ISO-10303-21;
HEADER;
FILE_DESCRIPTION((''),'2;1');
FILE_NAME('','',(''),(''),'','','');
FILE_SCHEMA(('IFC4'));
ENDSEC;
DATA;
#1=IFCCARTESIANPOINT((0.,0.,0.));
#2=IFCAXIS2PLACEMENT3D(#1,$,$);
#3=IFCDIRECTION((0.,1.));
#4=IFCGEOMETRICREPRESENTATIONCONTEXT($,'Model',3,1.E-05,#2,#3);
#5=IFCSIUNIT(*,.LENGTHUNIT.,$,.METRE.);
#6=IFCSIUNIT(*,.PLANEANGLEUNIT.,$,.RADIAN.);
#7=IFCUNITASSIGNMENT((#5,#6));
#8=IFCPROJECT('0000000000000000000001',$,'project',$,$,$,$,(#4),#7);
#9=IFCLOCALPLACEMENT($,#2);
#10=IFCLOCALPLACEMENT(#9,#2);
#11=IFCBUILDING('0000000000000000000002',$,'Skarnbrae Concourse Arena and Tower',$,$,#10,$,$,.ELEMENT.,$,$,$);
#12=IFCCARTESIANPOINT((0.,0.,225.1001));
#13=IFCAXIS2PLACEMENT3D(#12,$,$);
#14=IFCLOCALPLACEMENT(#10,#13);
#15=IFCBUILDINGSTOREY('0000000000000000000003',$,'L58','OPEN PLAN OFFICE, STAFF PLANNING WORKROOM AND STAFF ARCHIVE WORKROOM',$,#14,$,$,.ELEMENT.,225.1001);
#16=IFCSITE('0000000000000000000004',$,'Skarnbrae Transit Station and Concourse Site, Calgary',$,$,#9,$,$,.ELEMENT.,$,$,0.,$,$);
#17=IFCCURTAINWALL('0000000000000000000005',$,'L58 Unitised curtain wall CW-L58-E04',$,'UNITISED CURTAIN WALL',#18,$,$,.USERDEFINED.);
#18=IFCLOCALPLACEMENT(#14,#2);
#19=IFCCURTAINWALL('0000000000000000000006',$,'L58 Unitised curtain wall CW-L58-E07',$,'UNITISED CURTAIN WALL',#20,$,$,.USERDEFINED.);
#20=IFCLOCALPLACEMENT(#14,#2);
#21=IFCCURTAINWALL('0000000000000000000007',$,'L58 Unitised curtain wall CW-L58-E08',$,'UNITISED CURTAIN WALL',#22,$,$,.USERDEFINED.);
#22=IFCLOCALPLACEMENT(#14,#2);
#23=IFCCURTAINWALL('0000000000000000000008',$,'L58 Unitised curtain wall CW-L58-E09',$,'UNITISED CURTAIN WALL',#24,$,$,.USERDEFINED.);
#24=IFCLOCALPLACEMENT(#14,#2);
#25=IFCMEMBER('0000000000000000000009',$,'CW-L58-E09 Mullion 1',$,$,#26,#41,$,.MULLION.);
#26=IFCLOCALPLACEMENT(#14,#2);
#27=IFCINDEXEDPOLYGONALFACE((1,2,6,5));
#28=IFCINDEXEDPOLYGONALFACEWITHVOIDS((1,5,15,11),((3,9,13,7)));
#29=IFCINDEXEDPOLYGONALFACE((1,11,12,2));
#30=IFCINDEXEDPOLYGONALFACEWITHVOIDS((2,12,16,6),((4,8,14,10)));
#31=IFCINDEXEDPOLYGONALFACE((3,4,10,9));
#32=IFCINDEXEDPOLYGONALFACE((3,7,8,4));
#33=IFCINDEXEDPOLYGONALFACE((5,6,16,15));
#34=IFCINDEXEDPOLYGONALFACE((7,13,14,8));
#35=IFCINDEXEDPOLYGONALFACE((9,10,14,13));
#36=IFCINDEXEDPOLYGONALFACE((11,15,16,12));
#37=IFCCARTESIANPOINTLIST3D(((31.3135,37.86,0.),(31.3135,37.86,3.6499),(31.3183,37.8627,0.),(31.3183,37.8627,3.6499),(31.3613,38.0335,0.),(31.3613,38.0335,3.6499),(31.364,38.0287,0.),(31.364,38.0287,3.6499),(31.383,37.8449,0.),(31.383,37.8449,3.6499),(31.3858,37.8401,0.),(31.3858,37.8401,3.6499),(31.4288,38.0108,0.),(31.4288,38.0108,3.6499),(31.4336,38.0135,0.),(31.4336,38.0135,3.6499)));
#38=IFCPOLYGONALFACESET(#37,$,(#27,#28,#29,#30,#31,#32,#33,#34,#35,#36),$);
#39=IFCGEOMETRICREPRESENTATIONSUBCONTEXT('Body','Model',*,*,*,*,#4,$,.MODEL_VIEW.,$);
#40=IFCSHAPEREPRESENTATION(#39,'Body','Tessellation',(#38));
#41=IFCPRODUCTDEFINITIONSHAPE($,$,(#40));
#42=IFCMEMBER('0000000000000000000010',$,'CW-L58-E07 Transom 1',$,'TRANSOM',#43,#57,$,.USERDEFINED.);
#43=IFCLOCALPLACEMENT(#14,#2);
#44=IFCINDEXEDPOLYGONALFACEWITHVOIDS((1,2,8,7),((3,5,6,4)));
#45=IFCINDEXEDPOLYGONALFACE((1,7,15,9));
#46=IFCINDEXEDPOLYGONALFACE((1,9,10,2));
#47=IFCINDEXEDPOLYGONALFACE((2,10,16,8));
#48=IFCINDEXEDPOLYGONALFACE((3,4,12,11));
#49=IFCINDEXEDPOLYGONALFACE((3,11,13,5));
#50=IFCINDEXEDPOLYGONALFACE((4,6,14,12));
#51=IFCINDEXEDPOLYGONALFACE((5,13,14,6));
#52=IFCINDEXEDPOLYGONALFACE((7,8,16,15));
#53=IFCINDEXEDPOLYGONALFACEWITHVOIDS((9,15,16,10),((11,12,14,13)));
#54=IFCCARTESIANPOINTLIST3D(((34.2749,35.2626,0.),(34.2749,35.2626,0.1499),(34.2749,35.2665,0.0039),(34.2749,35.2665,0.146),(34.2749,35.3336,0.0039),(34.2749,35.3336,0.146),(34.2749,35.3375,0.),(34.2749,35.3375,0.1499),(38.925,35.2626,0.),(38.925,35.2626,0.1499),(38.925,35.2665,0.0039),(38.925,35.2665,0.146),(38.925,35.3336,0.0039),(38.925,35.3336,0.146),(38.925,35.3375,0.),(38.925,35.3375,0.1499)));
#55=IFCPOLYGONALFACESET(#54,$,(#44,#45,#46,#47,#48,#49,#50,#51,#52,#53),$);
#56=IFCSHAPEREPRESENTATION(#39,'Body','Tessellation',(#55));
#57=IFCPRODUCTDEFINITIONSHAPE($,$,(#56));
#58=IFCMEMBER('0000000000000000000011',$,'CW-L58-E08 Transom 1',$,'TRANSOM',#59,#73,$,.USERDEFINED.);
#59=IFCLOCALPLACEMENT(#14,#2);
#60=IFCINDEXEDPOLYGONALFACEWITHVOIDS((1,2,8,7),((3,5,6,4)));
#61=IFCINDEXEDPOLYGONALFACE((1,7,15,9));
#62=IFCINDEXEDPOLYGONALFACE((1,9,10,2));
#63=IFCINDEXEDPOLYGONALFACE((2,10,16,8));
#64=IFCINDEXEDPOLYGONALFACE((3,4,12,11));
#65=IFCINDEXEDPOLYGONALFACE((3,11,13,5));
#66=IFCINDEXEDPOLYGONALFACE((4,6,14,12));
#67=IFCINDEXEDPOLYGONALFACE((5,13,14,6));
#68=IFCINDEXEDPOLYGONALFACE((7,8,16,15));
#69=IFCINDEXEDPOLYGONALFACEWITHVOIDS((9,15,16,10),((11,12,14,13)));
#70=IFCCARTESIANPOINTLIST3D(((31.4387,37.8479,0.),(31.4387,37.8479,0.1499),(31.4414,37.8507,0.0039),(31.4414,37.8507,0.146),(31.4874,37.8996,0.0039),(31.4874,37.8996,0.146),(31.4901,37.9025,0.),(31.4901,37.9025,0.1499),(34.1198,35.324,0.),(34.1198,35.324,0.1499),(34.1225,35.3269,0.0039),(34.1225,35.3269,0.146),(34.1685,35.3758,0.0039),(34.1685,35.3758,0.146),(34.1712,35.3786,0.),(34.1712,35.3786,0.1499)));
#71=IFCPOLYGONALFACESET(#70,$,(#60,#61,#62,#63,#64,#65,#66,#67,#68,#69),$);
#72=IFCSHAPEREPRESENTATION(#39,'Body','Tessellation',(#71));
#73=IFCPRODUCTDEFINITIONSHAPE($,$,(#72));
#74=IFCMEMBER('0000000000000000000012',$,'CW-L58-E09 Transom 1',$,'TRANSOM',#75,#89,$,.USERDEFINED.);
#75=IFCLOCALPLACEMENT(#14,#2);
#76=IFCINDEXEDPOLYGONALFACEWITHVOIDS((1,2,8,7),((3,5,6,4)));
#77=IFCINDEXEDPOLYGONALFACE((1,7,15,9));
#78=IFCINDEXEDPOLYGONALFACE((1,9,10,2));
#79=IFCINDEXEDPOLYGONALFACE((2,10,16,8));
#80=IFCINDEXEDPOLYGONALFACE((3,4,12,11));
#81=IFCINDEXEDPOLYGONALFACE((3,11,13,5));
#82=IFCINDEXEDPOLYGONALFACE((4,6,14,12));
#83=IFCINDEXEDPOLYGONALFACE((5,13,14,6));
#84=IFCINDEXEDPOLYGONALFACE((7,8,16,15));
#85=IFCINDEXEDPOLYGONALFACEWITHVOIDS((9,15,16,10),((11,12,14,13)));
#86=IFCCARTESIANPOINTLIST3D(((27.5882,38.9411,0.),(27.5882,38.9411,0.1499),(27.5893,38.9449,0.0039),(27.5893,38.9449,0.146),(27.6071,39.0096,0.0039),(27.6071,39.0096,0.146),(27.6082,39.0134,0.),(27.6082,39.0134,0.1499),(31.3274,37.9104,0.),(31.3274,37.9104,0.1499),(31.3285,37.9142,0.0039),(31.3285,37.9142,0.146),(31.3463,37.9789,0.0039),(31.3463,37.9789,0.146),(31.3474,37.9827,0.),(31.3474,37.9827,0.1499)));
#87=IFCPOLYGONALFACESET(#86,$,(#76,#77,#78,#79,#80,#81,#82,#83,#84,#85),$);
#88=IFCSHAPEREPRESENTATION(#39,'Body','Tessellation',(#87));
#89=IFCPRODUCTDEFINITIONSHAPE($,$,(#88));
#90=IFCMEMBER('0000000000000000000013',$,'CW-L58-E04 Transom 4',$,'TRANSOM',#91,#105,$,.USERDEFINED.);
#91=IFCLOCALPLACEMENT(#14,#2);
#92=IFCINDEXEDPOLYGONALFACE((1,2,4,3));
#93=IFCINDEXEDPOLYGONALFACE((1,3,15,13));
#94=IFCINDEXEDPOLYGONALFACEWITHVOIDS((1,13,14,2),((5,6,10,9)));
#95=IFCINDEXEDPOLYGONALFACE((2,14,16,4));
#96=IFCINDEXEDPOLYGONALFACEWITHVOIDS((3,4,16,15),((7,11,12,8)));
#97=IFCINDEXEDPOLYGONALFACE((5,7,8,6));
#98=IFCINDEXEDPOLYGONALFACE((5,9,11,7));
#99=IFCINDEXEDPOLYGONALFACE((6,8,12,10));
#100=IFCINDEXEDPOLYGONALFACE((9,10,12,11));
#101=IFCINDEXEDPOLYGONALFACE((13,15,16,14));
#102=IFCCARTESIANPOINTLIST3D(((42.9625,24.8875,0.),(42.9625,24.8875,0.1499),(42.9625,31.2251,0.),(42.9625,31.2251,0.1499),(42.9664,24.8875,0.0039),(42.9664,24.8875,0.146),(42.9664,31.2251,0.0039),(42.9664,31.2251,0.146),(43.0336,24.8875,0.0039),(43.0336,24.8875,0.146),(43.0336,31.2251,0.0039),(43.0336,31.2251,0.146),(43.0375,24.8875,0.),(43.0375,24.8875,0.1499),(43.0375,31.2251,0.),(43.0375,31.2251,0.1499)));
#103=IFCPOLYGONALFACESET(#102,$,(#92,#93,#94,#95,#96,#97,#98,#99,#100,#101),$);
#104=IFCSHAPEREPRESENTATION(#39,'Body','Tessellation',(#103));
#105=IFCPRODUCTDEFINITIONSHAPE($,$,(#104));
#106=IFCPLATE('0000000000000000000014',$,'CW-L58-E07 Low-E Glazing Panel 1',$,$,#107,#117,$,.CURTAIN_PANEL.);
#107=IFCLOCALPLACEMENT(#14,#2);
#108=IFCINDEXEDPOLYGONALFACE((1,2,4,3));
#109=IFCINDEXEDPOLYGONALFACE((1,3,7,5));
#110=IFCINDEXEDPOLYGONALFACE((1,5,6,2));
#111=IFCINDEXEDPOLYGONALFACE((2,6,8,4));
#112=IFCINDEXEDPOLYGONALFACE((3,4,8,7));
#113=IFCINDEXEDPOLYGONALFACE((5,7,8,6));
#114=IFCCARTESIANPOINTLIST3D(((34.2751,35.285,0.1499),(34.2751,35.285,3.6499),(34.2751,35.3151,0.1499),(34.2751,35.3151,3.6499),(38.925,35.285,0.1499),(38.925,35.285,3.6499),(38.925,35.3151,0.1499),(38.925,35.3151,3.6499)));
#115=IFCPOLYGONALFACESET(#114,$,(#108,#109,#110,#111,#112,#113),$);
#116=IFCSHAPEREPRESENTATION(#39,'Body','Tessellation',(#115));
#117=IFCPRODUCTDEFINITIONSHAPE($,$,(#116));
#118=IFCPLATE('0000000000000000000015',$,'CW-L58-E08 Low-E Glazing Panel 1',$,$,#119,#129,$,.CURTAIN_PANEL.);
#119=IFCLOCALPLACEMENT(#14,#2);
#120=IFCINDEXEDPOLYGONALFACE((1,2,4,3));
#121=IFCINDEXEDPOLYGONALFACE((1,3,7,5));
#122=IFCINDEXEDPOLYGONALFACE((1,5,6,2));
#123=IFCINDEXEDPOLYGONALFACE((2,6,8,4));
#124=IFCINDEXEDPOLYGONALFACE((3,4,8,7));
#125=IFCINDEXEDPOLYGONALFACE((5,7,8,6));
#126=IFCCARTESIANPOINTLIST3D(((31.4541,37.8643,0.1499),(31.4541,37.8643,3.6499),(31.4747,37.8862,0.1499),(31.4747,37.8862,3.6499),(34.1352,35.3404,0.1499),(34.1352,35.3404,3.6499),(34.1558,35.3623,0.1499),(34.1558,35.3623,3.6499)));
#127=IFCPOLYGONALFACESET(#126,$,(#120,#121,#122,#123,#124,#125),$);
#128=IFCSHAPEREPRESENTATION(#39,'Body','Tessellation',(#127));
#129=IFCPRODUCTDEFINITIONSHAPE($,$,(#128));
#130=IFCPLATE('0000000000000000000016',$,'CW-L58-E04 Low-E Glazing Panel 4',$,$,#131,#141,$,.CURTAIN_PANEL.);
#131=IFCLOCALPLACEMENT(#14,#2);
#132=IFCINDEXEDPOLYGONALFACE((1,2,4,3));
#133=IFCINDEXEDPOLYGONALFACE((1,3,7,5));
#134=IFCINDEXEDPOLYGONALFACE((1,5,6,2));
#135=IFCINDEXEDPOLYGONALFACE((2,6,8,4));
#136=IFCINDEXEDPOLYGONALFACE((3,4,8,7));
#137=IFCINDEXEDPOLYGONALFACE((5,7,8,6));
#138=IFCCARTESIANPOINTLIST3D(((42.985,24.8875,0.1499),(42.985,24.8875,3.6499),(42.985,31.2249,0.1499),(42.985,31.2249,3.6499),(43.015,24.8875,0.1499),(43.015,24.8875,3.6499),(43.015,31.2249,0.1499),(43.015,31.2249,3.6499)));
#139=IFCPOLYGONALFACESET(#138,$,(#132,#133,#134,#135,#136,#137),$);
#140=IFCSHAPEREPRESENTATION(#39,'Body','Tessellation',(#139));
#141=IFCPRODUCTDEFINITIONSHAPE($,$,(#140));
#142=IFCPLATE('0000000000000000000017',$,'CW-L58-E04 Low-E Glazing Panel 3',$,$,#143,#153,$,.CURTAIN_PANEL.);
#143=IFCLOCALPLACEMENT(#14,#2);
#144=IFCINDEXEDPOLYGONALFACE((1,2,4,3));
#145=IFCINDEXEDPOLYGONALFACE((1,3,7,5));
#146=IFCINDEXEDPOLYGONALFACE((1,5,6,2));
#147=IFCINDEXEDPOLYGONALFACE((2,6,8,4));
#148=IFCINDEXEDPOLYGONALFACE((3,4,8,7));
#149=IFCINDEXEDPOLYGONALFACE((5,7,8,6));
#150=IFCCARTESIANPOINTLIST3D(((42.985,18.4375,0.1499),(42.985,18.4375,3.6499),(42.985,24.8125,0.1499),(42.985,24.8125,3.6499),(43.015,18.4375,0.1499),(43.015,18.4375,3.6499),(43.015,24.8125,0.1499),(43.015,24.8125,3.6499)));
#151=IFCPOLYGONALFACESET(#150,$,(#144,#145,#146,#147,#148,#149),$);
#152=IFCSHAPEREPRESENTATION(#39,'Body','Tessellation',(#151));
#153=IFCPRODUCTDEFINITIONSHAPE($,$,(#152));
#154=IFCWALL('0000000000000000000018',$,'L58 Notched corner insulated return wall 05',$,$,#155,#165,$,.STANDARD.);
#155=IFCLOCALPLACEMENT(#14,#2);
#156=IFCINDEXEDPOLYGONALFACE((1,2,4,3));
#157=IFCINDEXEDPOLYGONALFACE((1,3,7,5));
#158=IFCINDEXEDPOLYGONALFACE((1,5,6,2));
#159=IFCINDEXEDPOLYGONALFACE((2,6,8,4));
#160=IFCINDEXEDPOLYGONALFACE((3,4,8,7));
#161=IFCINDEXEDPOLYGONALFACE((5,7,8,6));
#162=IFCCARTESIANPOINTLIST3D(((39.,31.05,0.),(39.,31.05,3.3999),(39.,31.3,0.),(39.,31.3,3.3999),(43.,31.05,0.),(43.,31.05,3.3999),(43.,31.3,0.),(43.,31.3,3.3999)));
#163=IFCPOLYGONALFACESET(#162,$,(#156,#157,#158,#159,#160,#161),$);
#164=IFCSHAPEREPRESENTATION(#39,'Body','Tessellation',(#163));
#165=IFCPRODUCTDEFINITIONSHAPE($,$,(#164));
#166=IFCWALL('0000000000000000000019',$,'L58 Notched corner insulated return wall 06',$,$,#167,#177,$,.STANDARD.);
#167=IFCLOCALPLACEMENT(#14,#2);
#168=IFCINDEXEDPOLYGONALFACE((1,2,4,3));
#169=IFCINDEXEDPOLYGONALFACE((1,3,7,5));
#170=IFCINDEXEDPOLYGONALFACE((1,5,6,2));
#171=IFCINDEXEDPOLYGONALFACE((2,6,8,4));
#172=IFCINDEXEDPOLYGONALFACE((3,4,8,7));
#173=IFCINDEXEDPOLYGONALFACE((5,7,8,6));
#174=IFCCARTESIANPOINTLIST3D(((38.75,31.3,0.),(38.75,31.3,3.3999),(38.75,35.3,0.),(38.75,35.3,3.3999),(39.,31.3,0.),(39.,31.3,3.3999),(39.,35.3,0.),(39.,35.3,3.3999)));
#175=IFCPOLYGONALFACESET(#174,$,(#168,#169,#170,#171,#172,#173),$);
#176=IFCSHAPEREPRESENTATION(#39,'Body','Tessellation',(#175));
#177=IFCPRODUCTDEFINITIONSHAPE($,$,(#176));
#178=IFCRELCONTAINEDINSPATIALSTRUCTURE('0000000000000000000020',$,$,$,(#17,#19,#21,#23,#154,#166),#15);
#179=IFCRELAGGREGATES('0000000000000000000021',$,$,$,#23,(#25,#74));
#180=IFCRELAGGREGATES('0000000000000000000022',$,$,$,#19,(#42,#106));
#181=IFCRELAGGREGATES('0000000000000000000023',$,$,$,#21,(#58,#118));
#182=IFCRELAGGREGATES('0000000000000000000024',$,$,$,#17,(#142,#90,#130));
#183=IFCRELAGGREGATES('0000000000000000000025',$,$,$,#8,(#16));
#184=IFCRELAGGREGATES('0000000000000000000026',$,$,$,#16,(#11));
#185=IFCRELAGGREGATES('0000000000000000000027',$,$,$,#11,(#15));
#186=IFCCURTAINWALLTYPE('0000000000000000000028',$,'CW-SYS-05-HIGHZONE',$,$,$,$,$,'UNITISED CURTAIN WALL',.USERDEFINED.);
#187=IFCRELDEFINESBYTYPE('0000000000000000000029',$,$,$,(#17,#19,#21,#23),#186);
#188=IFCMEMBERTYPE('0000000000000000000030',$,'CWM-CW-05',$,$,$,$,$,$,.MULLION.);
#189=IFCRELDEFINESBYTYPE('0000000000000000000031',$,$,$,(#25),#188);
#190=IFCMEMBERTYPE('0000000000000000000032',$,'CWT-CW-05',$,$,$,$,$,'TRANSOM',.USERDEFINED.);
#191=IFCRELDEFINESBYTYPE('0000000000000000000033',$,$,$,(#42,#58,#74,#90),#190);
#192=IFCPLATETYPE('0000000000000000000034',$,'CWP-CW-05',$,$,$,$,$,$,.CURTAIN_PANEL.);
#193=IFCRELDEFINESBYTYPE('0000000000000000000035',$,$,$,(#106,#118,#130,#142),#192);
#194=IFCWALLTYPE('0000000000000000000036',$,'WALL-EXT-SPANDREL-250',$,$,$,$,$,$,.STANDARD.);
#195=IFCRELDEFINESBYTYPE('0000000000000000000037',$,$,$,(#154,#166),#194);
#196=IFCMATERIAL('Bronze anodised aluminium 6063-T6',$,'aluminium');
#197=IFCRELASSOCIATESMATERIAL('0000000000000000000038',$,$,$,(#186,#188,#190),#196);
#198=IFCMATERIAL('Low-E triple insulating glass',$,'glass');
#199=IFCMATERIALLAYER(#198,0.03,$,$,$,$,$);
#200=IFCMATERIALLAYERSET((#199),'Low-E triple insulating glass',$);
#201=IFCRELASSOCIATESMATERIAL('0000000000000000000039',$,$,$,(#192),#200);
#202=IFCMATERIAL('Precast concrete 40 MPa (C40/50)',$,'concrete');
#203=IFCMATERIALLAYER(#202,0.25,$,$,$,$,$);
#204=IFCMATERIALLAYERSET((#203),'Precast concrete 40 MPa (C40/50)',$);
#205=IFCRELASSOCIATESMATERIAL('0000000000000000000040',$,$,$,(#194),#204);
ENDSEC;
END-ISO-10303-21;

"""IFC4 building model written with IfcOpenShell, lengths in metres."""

from ifc_helpers import new_model, si_unit, direction, frame, frame_2d, origin, origin_2d, place, context, subcontext, project, spatial, rectangle, hollow_rectangle, extrude, source, transform, mapped, material, layer, layer_set, material_profile, profile_set, type_object, element, aggregate, save


model = new_model("IFC4")

# Units and contexts
model_context = context("Model", 3, precision=1e-05, world=origin(), true_north=direction((0.0, 1.0)))
body_context = subcontext(model_context, "Body", "Model", "MODEL_VIEW")
ifc_project = project(units=[si_unit("LENGTHUNIT", "METRE"), si_unit("PLANEANGLEUNIT", "RADIAN")], contexts=[model_context])

# Site, building, storey
site_placement = place(None, origin())
site = spatial("IfcSite", under=ifc_project, at=site_placement, Name="Skarnbrae Transit Station and Concourse Site, Calgary", CompositionType="ELEMENT", RefElevation=0.0)
building_placement = place(site_placement, origin())
building = spatial("IfcBuilding", under=site, at=building_placement, Name="Skarnbrae Concourse Arena and Tower", CompositionType="ELEMENT")
storey_placement = place(building_placement, frame((0.0, 0.0, 225.1001)))
storey = spatial("IfcBuildingStorey", under=building, at=storey_placement, Name="L58", Description="OPEN PLAN OFFICE, STAFF PLANNING WORKROOM AND STAFF ARCHIVE WORKROOM", CompositionType="ELEMENT", Elevation=225.1001)

# Curtain walls
ifc_material_1 = material(Name="Bronze anodised aluminium 6063-T6", Category="aluminium")
curtain_wall_type = type_object("IfcCurtainWallType", Name="CW-SYS-05-HIGHZONE", ElementType="UNITISED CURTAIN WALL", PredefinedType="USERDEFINED", material=ifc_material_1)
curtain_wall_1_placement = place(storey_placement, origin())
curtain_wall_1 = element("IfcCurtainWall", 1, at=curtain_wall_1_placement, inside=storey, type_object=curtain_wall_type, Name="L58 Unitised curtain wall CW-L58-E04", ObjectType="UNITISED CURTAIN WALL", PredefinedType="USERDEFINED")
ifc_material_profile_1 = material_profile(ifc_material_1, hollow_rectangle(XDim=0.075, YDim=0.1799, WallThickness=0.0039, at=origin_2d()), Name="ALU-MULL-75X180")
ifc_profile_set_1 = profile_set([ifc_material_profile_1], Name="Bronze anodised aluminium 6063-T6")
member_type_1 = type_object("IfcMemberType", Name="CWM-CW-05", PredefinedType="MULLION", material=ifc_profile_set_1)
shared_shape_1 = source(origin(), body_context, "Body", "SweptSolid", [
    extrude(hollow_rectangle(XDim=0.075, YDim=0.1799, WallThickness=0.0039, at=origin_2d()), origin(), (0.0, 0.0, 1.0), 3.6499),
])
curtain_wall_2_placement = place(storey_placement, origin())
curtain_wall_2 = element("IfcCurtainWall", 2, at=curtain_wall_2_placement, inside=storey, type_object=curtain_wall_type, Name="L58 Unitised curtain wall CW-L58-E07", ObjectType="UNITISED CURTAIN WALL", PredefinedType="USERDEFINED")
curtain_wall_3_placement = place(storey_placement, origin())
curtain_wall_3 = element("IfcCurtainWall", 3, at=curtain_wall_3_placement, inside=storey, type_object=curtain_wall_type, Name="L58 Unitised curtain wall CW-L58-E08", ObjectType="UNITISED CURTAIN WALL", PredefinedType="USERDEFINED")

# Curtain wall, member
curtain_wall_4_placement = place(storey_placement, origin())
curtain_wall_4 = element("IfcCurtainWall", 4, at=curtain_wall_4_placement, inside=storey, type_object=curtain_wall_type, Name="L58 Unitised curtain wall CW-L58-E09", ObjectType="UNITISED CURTAIN WALL", PredefinedType="USERDEFINED")
member_1_placement = place(storey_placement, frame((31.3735, 37.9368, 0.0), z_axis=(0.0, 0.0, 1.0), x_axis=(-0.964057, 0.265694, 0.0)))
member_1 = element("IfcMember", 5, at=member_1_placement, type_object=member_type_1, Name="CW-L58-E09 Mullion 1", PredefinedType="MULLION", context=body_context, shape_type="MappedRepresentation", body=[
    mapped(shared_shape_1, transform((0.0, 0.0, 0.0))),
])

# Members
ifc_material_profile_2 = material_profile(ifc_material_1, hollow_rectangle(XDim=0.075, YDim=0.1499, WallThickness=0.0039, at=origin_2d()), Name="ALU-TRAN-75X150")
ifc_profile_set_2 = profile_set([ifc_material_profile_2], Name="Bronze anodised aluminium 6063-T6")
member_type_2 = type_object("IfcMemberType", Name="CWT-CW-05", ElementType="TRANSOM", PredefinedType="USERDEFINED", material=ifc_profile_set_2)
shared_shape_2 = source(origin(), body_context, "Body", "SweptSolid", [
    extrude(hollow_rectangle(XDim=0.075, YDim=0.1499, WallThickness=0.0039, at=origin_2d()), origin(), (0.0, 0.0, 1.0), 4.6501),
])
member_2_placement = place(storey_placement, frame((38.925, 35.3, 0.075), z_axis=(-1.0, 0.0, 0.0), x_axis=(0.0, -1.0, 0.0)))
member_2 = element("IfcMember", 6, at=member_2_placement, type_object=member_type_2, Name="CW-L58-E07 Transom 1", ObjectType="TRANSOM", PredefinedType="USERDEFINED", context=body_context, shape_type="MappedRepresentation", body=[
    mapped(shared_shape_2, transform((0.0, 0.0, 0.0))),
])
shared_shape_3 = source(origin(), body_context, "Body", "SweptSolid", [
    extrude(hollow_rectangle(XDim=0.075, YDim=0.1499, WallThickness=0.0039, at=origin_2d()), origin(), (0.0, 0.0, 1.0), 3.6821),
])
member_3_placement = place(storey_placement, frame((34.1455, 35.3513, 0.075), z_axis=(-0.728134, 0.685435, 0.0), x_axis=(-0.685435, -0.728134, 0.0)))
member_3 = element("IfcMember", 7, at=member_3_placement, type_object=member_type_2, Name="CW-L58-E08 Transom 1", ObjectType="TRANSOM", PredefinedType="USERDEFINED", context=body_context, shape_type="MappedRepresentation", body=[
    mapped(shared_shape_3, transform((0.0, 0.0, 0.0))),
])
shared_shape_4 = source(origin(), body_context, "Body", "SweptSolid", [
    extrude(hollow_rectangle(XDim=0.075, YDim=0.1499, WallThickness=0.0039, at=origin_2d()), origin(), (0.0, 0.0, 1.0), 3.8787),
])
member_4_placement = place(storey_placement, frame((31.3374, 37.9465, 0.075), z_axis=(-0.964043, 0.265747, 0.0), x_axis=(-0.265747, -0.964043, 0.0)))
member_4 = element("IfcMember", 8, at=member_4_placement, type_object=member_type_2, Name="CW-L58-E09 Transom 1", ObjectType="TRANSOM", PredefinedType="USERDEFINED", context=body_context, shape_type="MappedRepresentation", body=[
    mapped(shared_shape_4, transform((0.0, 0.0, 0.0))),
])
aggregate(curtain_wall_4, [member_1, member_4])
shared_shape_5 = source(origin(), body_context, "Body", "SweptSolid", [
    extrude(hollow_rectangle(XDim=0.075, YDim=0.1499, WallThickness=0.0039, at=origin_2d()), origin(), (0.0, 0.0, 1.0), 6.3376),
])
member_5_placement = place(storey_placement, frame((43.0, 24.8875, 0.075), z_axis=(0.0, 1.0, 0.0), x_axis=(-1.0, 0.0, 0.0)))
member_5 = element("IfcMember", 9, at=member_5_placement, type_object=member_type_2, Name="CW-L58-E04 Transom 4", ObjectType="TRANSOM", PredefinedType="USERDEFINED", context=body_context, shape_type="MappedRepresentation", body=[
    mapped(shared_shape_5, transform((0.0, 0.0, 0.0))),
])

# Plates
ifc_material_2 = material(Name="Low-E triple insulating glass", Category="glass")
ifc_layer_1 = layer(ifc_material_2, 0.03)
ifc_layer_set_1 = layer_set([ifc_layer_1], Name="Low-E triple insulating glass")
plate_type = type_object("IfcPlateType", Name="CWP-CW-05", PredefinedType="CURTAIN_PANEL", material=ifc_layer_set_1)
shared_shape_6 = source(origin(), body_context, "Body", "SweptSolid", [
    extrude(rectangle(XDim=4.6499, YDim=0.03, at=origin_2d()), origin(), (0.0, 0.0, 1.0), 3.5),
])
plate_1_placement = place(storey_placement, frame((36.6001, 35.3, 0.1499), z_axis=(0.0, 0.0, 1.0), x_axis=(-1.0, 0.0, 0.0)))
plate_1 = element("IfcPlate", 10, at=plate_1_placement, type_object=plate_type, Name="CW-L58-E07 Low-E Glazing Panel 1", PredefinedType="CURTAIN_PANEL", context=body_context, shape_type="MappedRepresentation", body=[
    mapped(shared_shape_6, transform((0.0, 0.0, 0.0))),
])
aggregate(curtain_wall_2, [member_2, plate_1])
shared_shape_7 = source(origin(), body_context, "Body", "SweptSolid", [
    extrude(rectangle(XDim=3.6821, YDim=0.03, at=origin_2d()), origin(), (0.0, 0.0, 1.0), 3.5),
])
plate_2_placement = place(storey_placement, frame((32.8049, 36.6133, 0.1499), z_axis=(0.0, 0.0, 1.0), x_axis=(-0.728131, 0.685438, 0.0)))
plate_2 = element("IfcPlate", 11, at=plate_2_placement, type_object=plate_type, Name="CW-L58-E08 Low-E Glazing Panel 1", PredefinedType="CURTAIN_PANEL", context=body_context, shape_type="MappedRepresentation", body=[
    mapped(shared_shape_7, transform((0.0, 0.0, 0.0))),
])
aggregate(curtain_wall_3, [member_3, plate_2])
shared_shape_8 = source(origin(), body_context, "Body", "SweptSolid", [
    extrude(rectangle(XDim=6.3374, YDim=0.03, at=origin_2d()), origin(), (0.0, 0.0, 1.0), 3.5),
])
plate_3_placement = place(storey_placement, frame((43.0, 28.0562, 0.1499), z_axis=(0.0, 0.0, 1.0), x_axis=(0.0, 1.0, 0.0)))
plate_3 = element("IfcPlate", 12, at=plate_3_placement, type_object=plate_type, Name="CW-L58-E04 Low-E Glazing Panel 4", PredefinedType="CURTAIN_PANEL", context=body_context, shape_type="MappedRepresentation", body=[
    mapped(shared_shape_8, transform((0.0, 0.0, 0.0))),
])
shared_shape_9 = source(origin(), body_context, "Body", "SweptSolid", [
    extrude(rectangle(XDim=6.375, YDim=0.03, at=origin_2d()), origin(), (0.0, 0.0, 1.0), 3.5),
])
plate_4_placement = place(storey_placement, frame((43.0, 21.625, 0.1499), z_axis=(0.0, 0.0, 1.0), x_axis=(0.0, 1.0, 0.0)))
plate_4 = element("IfcPlate", 13, at=plate_4_placement, type_object=plate_type, Name="CW-L58-E04 Low-E Glazing Panel 3", PredefinedType="CURTAIN_PANEL", context=body_context, shape_type="MappedRepresentation", body=[
    mapped(shared_shape_9, transform((0.0, 0.0, 0.0))),
])
aggregate(curtain_wall_1, [plate_4, member_5, plate_3])

# Walls
ifc_material_3 = material(Name="Precast concrete 40 MPa (C40/50)", Category="concrete")
ifc_layer_2 = layer(ifc_material_3, 0.25)
ifc_layer_set_2 = layer_set([ifc_layer_2], Name="Precast concrete 40 MPa (C40/50)")
wall_type_1 = type_object("IfcWallType", Name="WALL-EXT-SPANDREL-250", PredefinedType="STANDARD", material=ifc_layer_set_2)
shared_shape_10 = source(origin(), body_context, "Body", "SweptSolid", [
    extrude(rectangle(XDim=4.0, YDim=0.25, at=frame_2d((2.0, 0.0))), origin(), (0.0, 0.0, 1.0), 3.3999),
])
for number, where, z_axis, x_axis, name in (
    (14, (43.0, 31.175, 0.0), (0.0, 0.0, 1.0), (-1.0, 0.0, 0.0), "L58 Notched corner insulated return wall 05"),
    (15, (38.875, 31.3, 0.0), (0.0, 0.0, 1.0), (0.0, 1.0, 0.0), "L58 Notched corner insulated return wall 06"),
):
    element("IfcWall", number, at=place(storey_placement, frame(where, z_axis=z_axis, x_axis=x_axis)), inside=storey, type_object=wall_type_1, Name=name, PredefinedType="STANDARD", context=body_context, shape_type="MappedRepresentation", body=[
        mapped(shared_shape_10, transform((0.0, 0.0, 0.0))),
    ])

save(model, "model.ifc")
